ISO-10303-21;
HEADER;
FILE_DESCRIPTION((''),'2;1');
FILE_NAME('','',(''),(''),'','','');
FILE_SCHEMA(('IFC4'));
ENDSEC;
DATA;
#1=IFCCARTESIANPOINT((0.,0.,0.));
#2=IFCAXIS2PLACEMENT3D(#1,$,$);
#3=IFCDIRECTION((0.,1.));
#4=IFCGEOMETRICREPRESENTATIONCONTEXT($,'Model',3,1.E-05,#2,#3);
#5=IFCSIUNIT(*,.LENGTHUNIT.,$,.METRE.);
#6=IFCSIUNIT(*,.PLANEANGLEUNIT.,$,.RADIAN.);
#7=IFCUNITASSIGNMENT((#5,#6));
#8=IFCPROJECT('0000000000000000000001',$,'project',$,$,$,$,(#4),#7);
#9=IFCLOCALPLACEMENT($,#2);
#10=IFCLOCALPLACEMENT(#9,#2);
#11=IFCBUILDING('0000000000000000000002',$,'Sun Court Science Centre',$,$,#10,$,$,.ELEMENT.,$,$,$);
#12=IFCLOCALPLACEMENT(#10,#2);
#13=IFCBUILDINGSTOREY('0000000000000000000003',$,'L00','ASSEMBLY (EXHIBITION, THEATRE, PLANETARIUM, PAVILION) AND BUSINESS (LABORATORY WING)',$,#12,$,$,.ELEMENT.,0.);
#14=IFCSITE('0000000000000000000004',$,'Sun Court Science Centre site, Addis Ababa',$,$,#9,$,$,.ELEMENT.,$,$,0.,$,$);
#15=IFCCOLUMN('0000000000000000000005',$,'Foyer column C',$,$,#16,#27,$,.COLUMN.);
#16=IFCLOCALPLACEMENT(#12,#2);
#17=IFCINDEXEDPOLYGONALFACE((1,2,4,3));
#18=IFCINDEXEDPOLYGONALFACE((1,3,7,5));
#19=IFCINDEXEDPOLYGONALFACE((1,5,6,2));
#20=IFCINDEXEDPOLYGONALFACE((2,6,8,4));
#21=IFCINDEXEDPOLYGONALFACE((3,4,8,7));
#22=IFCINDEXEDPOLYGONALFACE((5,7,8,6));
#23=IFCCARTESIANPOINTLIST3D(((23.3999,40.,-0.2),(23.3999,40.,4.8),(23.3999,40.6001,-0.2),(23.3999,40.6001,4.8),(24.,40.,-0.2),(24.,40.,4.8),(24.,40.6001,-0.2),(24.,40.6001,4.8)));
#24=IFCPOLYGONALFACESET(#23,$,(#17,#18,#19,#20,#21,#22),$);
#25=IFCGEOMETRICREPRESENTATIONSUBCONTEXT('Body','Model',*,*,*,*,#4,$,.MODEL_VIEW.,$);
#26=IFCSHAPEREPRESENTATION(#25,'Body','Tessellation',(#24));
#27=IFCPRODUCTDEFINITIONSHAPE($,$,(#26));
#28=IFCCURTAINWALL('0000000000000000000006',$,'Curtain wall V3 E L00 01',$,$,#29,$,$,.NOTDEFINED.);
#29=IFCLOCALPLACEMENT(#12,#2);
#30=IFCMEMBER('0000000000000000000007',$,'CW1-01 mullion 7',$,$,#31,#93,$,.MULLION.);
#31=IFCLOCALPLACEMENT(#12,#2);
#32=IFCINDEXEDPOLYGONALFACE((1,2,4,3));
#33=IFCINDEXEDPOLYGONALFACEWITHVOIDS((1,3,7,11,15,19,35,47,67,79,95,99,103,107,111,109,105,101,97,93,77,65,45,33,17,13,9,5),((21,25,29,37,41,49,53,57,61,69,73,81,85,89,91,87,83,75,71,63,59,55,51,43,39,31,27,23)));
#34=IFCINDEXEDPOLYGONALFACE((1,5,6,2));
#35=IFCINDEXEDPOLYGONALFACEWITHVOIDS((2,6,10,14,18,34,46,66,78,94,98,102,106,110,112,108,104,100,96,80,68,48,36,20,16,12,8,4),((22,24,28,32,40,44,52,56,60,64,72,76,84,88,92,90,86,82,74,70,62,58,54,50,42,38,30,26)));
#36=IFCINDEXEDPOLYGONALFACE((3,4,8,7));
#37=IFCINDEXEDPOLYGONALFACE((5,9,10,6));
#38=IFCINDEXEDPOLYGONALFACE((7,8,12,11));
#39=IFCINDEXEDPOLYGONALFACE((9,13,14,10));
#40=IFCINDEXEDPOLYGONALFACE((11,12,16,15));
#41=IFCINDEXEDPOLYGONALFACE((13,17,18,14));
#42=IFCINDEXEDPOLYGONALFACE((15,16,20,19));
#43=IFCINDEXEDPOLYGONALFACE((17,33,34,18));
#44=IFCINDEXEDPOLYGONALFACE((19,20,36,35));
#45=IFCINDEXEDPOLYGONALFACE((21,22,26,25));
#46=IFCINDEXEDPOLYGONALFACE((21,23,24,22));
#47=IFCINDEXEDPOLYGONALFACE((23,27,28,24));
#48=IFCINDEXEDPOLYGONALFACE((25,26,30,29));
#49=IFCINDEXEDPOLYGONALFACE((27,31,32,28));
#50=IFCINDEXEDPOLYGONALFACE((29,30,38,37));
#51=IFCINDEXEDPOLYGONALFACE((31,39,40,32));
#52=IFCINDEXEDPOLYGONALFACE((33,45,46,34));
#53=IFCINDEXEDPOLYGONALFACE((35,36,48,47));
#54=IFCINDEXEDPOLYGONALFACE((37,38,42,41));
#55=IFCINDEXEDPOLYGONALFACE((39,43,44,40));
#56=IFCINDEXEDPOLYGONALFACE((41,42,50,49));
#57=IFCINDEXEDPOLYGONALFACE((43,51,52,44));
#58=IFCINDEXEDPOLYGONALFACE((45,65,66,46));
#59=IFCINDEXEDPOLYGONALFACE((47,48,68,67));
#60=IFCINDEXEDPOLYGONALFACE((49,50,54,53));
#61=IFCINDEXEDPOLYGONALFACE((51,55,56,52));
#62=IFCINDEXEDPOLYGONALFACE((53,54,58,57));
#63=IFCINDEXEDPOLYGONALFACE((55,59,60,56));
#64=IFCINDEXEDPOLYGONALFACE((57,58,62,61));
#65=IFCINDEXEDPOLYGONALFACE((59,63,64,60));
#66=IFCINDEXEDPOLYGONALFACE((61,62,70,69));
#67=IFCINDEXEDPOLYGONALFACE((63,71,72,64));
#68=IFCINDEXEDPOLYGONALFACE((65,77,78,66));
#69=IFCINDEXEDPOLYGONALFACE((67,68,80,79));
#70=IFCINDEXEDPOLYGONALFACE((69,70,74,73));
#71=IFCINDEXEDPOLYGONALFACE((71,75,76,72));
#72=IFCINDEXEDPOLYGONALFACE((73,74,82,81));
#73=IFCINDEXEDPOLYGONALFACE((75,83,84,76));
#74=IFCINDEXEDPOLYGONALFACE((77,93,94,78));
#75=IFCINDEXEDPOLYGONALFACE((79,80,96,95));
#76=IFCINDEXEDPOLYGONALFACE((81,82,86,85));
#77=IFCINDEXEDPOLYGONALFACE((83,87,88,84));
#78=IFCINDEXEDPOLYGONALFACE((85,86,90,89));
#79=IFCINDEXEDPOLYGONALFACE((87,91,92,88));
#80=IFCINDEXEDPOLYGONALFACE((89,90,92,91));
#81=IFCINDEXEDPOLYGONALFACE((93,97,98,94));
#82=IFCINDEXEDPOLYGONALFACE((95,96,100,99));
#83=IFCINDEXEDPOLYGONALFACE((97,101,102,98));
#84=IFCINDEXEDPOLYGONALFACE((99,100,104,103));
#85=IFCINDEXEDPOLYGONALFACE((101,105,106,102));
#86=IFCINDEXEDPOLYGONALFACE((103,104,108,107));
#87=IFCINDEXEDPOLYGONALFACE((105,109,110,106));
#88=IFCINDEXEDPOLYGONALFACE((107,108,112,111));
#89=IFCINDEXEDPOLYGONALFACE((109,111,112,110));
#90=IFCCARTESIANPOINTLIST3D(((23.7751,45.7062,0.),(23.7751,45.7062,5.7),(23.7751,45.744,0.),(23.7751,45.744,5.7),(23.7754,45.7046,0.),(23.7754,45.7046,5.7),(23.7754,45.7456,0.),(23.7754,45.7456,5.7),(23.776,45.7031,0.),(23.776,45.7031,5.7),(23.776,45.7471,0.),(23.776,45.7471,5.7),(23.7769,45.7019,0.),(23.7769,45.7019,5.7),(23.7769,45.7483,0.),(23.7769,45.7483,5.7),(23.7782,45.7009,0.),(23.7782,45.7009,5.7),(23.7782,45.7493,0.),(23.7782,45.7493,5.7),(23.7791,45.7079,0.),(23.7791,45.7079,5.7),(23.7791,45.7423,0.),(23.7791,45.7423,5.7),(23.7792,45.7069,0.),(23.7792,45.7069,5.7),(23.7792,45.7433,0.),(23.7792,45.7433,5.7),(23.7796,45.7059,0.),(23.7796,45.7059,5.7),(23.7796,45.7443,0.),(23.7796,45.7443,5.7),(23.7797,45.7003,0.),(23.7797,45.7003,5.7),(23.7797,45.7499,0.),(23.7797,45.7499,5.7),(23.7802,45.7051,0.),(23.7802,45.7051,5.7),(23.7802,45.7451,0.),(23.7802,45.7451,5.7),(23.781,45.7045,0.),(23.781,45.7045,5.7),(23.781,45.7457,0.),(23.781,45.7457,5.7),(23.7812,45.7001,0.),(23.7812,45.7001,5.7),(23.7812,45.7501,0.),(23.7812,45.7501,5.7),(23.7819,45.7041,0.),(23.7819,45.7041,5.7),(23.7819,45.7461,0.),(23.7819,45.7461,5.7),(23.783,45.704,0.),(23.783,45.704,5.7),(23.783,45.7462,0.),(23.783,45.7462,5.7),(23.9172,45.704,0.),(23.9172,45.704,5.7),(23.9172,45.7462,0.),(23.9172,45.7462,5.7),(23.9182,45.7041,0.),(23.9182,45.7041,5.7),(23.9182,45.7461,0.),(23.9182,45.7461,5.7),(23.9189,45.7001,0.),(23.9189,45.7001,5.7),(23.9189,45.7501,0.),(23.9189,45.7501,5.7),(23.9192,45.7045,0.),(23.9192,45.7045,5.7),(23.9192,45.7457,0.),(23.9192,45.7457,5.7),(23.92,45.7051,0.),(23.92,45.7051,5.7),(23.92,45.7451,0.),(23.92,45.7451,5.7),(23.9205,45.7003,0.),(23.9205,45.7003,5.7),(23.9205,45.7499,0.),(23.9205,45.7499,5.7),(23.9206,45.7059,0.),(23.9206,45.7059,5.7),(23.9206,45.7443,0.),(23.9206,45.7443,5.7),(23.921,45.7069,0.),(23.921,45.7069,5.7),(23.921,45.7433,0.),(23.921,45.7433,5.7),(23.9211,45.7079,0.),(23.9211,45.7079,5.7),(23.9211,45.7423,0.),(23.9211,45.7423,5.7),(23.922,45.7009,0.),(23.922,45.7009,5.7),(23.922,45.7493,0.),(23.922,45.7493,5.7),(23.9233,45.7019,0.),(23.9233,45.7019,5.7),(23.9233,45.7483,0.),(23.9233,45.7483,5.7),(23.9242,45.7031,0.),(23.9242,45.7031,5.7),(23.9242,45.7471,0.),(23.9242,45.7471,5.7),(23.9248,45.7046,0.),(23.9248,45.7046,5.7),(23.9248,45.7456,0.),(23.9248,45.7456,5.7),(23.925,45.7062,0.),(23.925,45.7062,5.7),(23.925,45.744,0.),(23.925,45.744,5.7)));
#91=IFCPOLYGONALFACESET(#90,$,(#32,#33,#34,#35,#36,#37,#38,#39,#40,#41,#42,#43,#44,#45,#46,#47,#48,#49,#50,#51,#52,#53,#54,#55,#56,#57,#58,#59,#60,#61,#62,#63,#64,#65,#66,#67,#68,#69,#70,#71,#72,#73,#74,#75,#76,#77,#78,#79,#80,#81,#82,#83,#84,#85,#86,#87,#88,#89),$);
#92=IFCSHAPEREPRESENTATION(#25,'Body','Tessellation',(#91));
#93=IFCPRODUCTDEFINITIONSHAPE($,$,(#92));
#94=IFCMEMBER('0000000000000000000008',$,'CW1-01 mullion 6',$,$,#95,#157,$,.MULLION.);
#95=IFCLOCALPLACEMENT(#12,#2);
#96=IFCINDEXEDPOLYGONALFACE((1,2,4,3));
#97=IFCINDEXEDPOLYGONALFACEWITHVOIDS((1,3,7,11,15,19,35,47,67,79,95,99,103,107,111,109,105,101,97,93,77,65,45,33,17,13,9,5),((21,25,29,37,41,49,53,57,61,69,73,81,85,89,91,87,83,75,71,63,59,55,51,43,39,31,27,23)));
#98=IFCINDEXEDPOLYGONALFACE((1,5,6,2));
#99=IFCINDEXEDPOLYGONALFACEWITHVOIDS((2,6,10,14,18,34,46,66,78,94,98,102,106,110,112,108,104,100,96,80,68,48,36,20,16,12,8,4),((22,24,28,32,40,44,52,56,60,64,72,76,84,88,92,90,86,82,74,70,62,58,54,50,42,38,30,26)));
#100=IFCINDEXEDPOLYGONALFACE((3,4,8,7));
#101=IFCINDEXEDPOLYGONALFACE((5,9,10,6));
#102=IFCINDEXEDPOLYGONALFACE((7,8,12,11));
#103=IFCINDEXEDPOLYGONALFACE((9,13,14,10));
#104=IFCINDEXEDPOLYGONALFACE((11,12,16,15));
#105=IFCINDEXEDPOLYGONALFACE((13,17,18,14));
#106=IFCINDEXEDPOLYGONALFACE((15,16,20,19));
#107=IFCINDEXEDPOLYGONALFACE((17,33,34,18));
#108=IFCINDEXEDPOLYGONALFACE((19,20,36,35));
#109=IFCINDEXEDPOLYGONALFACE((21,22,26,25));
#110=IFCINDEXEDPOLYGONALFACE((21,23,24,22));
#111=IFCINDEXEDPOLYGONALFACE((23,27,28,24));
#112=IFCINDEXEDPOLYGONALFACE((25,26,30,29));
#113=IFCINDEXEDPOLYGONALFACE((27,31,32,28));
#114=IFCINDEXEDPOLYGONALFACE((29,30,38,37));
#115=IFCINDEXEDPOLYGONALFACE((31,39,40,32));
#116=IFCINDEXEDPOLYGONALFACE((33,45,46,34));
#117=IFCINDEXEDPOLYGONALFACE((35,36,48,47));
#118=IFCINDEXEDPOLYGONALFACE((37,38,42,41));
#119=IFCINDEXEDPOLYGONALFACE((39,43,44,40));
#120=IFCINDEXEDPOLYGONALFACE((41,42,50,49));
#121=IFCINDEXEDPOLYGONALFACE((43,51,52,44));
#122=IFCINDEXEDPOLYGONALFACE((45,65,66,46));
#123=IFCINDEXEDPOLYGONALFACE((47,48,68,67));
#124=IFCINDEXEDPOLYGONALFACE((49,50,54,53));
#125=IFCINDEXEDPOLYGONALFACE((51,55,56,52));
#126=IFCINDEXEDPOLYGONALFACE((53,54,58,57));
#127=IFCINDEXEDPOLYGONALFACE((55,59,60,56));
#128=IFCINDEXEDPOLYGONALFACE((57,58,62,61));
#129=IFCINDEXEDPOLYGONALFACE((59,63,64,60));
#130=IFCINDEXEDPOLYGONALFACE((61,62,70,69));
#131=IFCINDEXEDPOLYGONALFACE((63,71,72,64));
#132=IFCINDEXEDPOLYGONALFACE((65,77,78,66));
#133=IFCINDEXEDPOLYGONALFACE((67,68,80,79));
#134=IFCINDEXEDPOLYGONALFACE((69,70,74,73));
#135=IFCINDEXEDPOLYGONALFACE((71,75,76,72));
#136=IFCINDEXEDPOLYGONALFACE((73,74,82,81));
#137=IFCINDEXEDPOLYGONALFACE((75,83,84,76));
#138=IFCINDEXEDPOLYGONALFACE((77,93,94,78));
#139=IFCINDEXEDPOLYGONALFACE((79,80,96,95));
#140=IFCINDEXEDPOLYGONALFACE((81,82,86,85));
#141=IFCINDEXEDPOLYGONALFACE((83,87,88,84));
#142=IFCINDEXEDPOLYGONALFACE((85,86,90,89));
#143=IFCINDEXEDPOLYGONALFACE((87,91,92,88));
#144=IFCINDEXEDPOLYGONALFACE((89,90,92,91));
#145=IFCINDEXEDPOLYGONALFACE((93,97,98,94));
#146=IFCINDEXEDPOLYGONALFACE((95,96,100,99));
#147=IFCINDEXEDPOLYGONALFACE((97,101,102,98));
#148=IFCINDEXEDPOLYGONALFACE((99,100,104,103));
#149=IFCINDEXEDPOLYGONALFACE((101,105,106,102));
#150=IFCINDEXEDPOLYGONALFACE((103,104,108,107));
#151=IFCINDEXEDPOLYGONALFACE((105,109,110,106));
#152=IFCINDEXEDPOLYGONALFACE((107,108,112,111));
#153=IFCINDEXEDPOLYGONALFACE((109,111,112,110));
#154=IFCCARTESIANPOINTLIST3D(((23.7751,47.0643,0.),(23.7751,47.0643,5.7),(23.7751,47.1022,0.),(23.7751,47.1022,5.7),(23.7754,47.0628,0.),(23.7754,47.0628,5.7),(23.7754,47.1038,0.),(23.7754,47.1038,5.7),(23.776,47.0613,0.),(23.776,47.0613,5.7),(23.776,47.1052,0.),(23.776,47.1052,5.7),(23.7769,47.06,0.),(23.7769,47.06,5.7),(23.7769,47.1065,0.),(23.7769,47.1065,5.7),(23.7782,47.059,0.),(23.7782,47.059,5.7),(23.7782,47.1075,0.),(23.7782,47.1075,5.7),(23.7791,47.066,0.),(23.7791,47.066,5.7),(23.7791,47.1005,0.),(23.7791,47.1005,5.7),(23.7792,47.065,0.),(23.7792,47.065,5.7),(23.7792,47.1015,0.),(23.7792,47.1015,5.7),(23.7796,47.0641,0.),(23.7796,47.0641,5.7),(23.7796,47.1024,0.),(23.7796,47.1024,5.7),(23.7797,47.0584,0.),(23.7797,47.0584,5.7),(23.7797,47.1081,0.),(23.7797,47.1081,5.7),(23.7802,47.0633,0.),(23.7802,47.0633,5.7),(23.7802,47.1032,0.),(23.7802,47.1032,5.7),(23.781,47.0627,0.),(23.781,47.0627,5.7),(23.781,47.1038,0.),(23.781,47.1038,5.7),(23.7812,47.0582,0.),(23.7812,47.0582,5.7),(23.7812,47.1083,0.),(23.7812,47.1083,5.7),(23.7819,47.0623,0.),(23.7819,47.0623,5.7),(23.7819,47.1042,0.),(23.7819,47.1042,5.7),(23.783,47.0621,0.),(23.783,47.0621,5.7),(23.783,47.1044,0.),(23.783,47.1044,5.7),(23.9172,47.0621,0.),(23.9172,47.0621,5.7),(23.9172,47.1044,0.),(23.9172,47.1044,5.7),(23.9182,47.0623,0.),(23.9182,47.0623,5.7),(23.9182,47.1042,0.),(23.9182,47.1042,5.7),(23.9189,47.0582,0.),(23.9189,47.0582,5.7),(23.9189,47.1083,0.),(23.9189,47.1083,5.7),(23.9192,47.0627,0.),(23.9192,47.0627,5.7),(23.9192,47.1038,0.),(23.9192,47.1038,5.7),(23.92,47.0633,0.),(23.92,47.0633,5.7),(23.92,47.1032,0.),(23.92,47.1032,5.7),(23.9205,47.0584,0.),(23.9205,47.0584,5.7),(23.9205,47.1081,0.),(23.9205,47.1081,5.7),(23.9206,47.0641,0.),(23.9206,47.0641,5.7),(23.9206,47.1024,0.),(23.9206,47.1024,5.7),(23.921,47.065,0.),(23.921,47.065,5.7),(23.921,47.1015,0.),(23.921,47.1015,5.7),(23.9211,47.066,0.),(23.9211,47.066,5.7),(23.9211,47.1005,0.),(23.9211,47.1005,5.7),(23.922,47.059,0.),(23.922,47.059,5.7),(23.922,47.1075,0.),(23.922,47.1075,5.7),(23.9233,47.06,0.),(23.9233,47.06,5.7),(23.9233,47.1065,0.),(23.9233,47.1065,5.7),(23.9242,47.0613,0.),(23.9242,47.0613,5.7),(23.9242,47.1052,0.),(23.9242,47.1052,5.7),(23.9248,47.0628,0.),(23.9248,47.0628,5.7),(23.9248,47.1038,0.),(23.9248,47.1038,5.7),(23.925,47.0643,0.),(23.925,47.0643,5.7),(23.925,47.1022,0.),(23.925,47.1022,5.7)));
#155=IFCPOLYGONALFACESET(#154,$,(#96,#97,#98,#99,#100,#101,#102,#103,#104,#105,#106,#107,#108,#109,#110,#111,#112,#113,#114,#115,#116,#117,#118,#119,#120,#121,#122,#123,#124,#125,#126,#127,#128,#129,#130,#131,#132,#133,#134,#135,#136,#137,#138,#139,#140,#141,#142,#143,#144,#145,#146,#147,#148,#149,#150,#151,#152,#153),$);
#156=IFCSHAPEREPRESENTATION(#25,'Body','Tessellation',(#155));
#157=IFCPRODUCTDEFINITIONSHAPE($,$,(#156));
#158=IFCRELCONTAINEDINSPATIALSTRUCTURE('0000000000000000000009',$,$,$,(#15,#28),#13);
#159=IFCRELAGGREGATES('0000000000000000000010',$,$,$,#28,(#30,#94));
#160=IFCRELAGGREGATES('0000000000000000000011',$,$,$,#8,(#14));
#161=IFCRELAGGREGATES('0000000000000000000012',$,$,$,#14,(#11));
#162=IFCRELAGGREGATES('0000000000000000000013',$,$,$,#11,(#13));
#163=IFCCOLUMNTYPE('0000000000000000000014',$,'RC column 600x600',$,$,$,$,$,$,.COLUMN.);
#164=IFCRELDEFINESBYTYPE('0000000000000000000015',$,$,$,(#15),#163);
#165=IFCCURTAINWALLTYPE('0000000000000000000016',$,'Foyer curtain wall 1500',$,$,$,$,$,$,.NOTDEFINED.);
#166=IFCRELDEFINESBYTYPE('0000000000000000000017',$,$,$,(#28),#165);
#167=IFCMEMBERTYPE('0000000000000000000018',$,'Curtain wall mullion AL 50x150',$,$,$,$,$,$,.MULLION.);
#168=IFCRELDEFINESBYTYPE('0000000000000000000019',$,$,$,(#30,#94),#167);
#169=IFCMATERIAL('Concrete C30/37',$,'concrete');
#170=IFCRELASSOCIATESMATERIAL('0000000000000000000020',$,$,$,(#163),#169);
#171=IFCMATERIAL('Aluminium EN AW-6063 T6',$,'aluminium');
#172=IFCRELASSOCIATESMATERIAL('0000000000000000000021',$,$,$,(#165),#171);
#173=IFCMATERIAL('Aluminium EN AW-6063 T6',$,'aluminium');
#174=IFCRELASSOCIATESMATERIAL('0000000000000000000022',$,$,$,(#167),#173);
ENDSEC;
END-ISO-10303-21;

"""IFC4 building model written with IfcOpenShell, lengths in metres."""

from ifc_helpers import new_model, si_unit, direction, frame, origin, origin_2d, place, context, subcontext, project, spatial, rectangle, hollow_rectangle, extrude, material, material_profile, profile_set, type_object, element, aggregate, save


model = new_model("IFC4")

# Units and contexts
model_context = context("Model", 3, precision=1e-05, world=origin(), true_north=direction((0.0, 1.0)))
body_context = subcontext(model_context, "Body", "Model", "MODEL_VIEW")
ifc_project = project(units=[si_unit("LENGTHUNIT", "METRE"), si_unit("PLANEANGLEUNIT", "RADIAN")], contexts=[model_context])

# Site, building, storey
site_placement = place(None, origin())
site = spatial("IfcSite", under=ifc_project, at=site_placement, Name="Sun Court Science Centre site, Addis Ababa", CompositionType="ELEMENT", RefElevation=0.0)
building_placement = place(site_placement, origin())
building = spatial("IfcBuilding", under=site, at=building_placement, Name="Sun Court Science Centre", CompositionType="ELEMENT")
storey_placement = place(building_placement, origin())
storey = spatial("IfcBuildingStorey", under=building, at=storey_placement, Name="L00", Description="ASSEMBLY (EXHIBITION, THEATRE, PLANETARIUM, PAVILION) AND BUSINESS (LABORATORY WING)", CompositionType="ELEMENT", Elevation=0.0)

# Column
ifc_material_1 = material(Name="Concrete C30/37", Category="concrete")
ifc_material_profile_1 = material_profile(ifc_material_1, rectangle(XDim=0.6001, YDim=0.6001, at=origin_2d()), Name="RC 600x600")
ifc_profile_set_1 = profile_set([ifc_material_profile_1], Name="Concrete C30/37")
column_type = type_object("IfcColumnType", Name="RC column 600x600", PredefinedType="COLUMN", material=ifc_profile_set_1)
column_placement = place(storey_placement, frame((23.7, 40.3, -0.2), z_axis=(0.0, 0.0, 1.0), x_axis=(1.0, 0.0, 0.0)))
element("IfcColumn", 1, at=column_placement, inside=storey, type_object=column_type, Name="Foyer column C", PredefinedType="COLUMN", context=body_context, shape_type="SweptSolid", body=[
    extrude(rectangle(XDim=0.6001, YDim=0.6001, at=origin_2d()), origin(), (0.0, 0.0, 1.0), 5.0),
])

# Curtain wall, members
ifc_material_2 = material(Name="Aluminium EN AW-6063 T6", Category="aluminium")
curtain_wall_type = type_object("IfcCurtainWallType", Name="Foyer curtain wall 1500", PredefinedType="NOTDEFINED", material=ifc_material_2)
curtain_wall_placement = place(storey_placement, origin())
curtain_wall = element("IfcCurtainWall", 2, at=curtain_wall_placement, inside=storey, type_object=curtain_wall_type, Name="Curtain wall V3 E L00 01", PredefinedType="NOTDEFINED")
ifc_material_3 = material(Name="Aluminium EN AW-6063 T6", Category="aluminium")
ifc_material_profile_2 = material_profile(ifc_material_3, hollow_rectangle(XDim=0.05, YDim=0.1499, WallThickness=0.0039, InnerFilletRadius=0.0039, OuterFilletRadius=0.0061, at=origin_2d()), Name="AL 50x150x4")
ifc_profile_set_2 = profile_set([ifc_material_profile_2], Name="Aluminium EN AW-6063 T6")
member_type_1 = type_object("IfcMemberType", Name="Curtain wall mullion AL 50x150", PredefinedType="MULLION", material=ifc_profile_set_2)
member_1_placement = place(storey_placement, frame((23.8501, 45.7251, 0.0), z_axis=(0.0, 0.0, 1.0), x_axis=(0.0, -1.0, 0.0)))
member_1 = element("IfcMember", 3, at=member_1_placement, type_object=member_type_1, Name="CW1-01 mullion 7", PredefinedType="MULLION", context=body_context, shape_type="SweptSolid", body=[
    extrude(hollow_rectangle(XDim=0.05, YDim=0.1499, WallThickness=0.0039, InnerFilletRadius=0.0039, OuterFilletRadius=0.0061, at=origin_2d()), origin(), (0.0, 0.0, 1.0), 5.7),
])
member_2_placement = place(storey_placement, frame((23.8501, 47.0833, 0.0), z_axis=(0.0, 0.0, 1.0), x_axis=(0.0, -1.0, 0.0)))
member_2 = element("IfcMember", 4, at=member_2_placement, type_object=member_type_1, Name="CW1-01 mullion 6", PredefinedType="MULLION", context=body_context, shape_type="SweptSolid", body=[
    extrude(hollow_rectangle(XDim=0.05, YDim=0.1499, WallThickness=0.0039, InnerFilletRadius=0.0039, OuterFilletRadius=0.0061, at=origin_2d()), origin(), (0.0, 0.0, 1.0), 5.7),
])
aggregate(curtain_wall, [member_1, member_2])

save(model, "model.ifc")
